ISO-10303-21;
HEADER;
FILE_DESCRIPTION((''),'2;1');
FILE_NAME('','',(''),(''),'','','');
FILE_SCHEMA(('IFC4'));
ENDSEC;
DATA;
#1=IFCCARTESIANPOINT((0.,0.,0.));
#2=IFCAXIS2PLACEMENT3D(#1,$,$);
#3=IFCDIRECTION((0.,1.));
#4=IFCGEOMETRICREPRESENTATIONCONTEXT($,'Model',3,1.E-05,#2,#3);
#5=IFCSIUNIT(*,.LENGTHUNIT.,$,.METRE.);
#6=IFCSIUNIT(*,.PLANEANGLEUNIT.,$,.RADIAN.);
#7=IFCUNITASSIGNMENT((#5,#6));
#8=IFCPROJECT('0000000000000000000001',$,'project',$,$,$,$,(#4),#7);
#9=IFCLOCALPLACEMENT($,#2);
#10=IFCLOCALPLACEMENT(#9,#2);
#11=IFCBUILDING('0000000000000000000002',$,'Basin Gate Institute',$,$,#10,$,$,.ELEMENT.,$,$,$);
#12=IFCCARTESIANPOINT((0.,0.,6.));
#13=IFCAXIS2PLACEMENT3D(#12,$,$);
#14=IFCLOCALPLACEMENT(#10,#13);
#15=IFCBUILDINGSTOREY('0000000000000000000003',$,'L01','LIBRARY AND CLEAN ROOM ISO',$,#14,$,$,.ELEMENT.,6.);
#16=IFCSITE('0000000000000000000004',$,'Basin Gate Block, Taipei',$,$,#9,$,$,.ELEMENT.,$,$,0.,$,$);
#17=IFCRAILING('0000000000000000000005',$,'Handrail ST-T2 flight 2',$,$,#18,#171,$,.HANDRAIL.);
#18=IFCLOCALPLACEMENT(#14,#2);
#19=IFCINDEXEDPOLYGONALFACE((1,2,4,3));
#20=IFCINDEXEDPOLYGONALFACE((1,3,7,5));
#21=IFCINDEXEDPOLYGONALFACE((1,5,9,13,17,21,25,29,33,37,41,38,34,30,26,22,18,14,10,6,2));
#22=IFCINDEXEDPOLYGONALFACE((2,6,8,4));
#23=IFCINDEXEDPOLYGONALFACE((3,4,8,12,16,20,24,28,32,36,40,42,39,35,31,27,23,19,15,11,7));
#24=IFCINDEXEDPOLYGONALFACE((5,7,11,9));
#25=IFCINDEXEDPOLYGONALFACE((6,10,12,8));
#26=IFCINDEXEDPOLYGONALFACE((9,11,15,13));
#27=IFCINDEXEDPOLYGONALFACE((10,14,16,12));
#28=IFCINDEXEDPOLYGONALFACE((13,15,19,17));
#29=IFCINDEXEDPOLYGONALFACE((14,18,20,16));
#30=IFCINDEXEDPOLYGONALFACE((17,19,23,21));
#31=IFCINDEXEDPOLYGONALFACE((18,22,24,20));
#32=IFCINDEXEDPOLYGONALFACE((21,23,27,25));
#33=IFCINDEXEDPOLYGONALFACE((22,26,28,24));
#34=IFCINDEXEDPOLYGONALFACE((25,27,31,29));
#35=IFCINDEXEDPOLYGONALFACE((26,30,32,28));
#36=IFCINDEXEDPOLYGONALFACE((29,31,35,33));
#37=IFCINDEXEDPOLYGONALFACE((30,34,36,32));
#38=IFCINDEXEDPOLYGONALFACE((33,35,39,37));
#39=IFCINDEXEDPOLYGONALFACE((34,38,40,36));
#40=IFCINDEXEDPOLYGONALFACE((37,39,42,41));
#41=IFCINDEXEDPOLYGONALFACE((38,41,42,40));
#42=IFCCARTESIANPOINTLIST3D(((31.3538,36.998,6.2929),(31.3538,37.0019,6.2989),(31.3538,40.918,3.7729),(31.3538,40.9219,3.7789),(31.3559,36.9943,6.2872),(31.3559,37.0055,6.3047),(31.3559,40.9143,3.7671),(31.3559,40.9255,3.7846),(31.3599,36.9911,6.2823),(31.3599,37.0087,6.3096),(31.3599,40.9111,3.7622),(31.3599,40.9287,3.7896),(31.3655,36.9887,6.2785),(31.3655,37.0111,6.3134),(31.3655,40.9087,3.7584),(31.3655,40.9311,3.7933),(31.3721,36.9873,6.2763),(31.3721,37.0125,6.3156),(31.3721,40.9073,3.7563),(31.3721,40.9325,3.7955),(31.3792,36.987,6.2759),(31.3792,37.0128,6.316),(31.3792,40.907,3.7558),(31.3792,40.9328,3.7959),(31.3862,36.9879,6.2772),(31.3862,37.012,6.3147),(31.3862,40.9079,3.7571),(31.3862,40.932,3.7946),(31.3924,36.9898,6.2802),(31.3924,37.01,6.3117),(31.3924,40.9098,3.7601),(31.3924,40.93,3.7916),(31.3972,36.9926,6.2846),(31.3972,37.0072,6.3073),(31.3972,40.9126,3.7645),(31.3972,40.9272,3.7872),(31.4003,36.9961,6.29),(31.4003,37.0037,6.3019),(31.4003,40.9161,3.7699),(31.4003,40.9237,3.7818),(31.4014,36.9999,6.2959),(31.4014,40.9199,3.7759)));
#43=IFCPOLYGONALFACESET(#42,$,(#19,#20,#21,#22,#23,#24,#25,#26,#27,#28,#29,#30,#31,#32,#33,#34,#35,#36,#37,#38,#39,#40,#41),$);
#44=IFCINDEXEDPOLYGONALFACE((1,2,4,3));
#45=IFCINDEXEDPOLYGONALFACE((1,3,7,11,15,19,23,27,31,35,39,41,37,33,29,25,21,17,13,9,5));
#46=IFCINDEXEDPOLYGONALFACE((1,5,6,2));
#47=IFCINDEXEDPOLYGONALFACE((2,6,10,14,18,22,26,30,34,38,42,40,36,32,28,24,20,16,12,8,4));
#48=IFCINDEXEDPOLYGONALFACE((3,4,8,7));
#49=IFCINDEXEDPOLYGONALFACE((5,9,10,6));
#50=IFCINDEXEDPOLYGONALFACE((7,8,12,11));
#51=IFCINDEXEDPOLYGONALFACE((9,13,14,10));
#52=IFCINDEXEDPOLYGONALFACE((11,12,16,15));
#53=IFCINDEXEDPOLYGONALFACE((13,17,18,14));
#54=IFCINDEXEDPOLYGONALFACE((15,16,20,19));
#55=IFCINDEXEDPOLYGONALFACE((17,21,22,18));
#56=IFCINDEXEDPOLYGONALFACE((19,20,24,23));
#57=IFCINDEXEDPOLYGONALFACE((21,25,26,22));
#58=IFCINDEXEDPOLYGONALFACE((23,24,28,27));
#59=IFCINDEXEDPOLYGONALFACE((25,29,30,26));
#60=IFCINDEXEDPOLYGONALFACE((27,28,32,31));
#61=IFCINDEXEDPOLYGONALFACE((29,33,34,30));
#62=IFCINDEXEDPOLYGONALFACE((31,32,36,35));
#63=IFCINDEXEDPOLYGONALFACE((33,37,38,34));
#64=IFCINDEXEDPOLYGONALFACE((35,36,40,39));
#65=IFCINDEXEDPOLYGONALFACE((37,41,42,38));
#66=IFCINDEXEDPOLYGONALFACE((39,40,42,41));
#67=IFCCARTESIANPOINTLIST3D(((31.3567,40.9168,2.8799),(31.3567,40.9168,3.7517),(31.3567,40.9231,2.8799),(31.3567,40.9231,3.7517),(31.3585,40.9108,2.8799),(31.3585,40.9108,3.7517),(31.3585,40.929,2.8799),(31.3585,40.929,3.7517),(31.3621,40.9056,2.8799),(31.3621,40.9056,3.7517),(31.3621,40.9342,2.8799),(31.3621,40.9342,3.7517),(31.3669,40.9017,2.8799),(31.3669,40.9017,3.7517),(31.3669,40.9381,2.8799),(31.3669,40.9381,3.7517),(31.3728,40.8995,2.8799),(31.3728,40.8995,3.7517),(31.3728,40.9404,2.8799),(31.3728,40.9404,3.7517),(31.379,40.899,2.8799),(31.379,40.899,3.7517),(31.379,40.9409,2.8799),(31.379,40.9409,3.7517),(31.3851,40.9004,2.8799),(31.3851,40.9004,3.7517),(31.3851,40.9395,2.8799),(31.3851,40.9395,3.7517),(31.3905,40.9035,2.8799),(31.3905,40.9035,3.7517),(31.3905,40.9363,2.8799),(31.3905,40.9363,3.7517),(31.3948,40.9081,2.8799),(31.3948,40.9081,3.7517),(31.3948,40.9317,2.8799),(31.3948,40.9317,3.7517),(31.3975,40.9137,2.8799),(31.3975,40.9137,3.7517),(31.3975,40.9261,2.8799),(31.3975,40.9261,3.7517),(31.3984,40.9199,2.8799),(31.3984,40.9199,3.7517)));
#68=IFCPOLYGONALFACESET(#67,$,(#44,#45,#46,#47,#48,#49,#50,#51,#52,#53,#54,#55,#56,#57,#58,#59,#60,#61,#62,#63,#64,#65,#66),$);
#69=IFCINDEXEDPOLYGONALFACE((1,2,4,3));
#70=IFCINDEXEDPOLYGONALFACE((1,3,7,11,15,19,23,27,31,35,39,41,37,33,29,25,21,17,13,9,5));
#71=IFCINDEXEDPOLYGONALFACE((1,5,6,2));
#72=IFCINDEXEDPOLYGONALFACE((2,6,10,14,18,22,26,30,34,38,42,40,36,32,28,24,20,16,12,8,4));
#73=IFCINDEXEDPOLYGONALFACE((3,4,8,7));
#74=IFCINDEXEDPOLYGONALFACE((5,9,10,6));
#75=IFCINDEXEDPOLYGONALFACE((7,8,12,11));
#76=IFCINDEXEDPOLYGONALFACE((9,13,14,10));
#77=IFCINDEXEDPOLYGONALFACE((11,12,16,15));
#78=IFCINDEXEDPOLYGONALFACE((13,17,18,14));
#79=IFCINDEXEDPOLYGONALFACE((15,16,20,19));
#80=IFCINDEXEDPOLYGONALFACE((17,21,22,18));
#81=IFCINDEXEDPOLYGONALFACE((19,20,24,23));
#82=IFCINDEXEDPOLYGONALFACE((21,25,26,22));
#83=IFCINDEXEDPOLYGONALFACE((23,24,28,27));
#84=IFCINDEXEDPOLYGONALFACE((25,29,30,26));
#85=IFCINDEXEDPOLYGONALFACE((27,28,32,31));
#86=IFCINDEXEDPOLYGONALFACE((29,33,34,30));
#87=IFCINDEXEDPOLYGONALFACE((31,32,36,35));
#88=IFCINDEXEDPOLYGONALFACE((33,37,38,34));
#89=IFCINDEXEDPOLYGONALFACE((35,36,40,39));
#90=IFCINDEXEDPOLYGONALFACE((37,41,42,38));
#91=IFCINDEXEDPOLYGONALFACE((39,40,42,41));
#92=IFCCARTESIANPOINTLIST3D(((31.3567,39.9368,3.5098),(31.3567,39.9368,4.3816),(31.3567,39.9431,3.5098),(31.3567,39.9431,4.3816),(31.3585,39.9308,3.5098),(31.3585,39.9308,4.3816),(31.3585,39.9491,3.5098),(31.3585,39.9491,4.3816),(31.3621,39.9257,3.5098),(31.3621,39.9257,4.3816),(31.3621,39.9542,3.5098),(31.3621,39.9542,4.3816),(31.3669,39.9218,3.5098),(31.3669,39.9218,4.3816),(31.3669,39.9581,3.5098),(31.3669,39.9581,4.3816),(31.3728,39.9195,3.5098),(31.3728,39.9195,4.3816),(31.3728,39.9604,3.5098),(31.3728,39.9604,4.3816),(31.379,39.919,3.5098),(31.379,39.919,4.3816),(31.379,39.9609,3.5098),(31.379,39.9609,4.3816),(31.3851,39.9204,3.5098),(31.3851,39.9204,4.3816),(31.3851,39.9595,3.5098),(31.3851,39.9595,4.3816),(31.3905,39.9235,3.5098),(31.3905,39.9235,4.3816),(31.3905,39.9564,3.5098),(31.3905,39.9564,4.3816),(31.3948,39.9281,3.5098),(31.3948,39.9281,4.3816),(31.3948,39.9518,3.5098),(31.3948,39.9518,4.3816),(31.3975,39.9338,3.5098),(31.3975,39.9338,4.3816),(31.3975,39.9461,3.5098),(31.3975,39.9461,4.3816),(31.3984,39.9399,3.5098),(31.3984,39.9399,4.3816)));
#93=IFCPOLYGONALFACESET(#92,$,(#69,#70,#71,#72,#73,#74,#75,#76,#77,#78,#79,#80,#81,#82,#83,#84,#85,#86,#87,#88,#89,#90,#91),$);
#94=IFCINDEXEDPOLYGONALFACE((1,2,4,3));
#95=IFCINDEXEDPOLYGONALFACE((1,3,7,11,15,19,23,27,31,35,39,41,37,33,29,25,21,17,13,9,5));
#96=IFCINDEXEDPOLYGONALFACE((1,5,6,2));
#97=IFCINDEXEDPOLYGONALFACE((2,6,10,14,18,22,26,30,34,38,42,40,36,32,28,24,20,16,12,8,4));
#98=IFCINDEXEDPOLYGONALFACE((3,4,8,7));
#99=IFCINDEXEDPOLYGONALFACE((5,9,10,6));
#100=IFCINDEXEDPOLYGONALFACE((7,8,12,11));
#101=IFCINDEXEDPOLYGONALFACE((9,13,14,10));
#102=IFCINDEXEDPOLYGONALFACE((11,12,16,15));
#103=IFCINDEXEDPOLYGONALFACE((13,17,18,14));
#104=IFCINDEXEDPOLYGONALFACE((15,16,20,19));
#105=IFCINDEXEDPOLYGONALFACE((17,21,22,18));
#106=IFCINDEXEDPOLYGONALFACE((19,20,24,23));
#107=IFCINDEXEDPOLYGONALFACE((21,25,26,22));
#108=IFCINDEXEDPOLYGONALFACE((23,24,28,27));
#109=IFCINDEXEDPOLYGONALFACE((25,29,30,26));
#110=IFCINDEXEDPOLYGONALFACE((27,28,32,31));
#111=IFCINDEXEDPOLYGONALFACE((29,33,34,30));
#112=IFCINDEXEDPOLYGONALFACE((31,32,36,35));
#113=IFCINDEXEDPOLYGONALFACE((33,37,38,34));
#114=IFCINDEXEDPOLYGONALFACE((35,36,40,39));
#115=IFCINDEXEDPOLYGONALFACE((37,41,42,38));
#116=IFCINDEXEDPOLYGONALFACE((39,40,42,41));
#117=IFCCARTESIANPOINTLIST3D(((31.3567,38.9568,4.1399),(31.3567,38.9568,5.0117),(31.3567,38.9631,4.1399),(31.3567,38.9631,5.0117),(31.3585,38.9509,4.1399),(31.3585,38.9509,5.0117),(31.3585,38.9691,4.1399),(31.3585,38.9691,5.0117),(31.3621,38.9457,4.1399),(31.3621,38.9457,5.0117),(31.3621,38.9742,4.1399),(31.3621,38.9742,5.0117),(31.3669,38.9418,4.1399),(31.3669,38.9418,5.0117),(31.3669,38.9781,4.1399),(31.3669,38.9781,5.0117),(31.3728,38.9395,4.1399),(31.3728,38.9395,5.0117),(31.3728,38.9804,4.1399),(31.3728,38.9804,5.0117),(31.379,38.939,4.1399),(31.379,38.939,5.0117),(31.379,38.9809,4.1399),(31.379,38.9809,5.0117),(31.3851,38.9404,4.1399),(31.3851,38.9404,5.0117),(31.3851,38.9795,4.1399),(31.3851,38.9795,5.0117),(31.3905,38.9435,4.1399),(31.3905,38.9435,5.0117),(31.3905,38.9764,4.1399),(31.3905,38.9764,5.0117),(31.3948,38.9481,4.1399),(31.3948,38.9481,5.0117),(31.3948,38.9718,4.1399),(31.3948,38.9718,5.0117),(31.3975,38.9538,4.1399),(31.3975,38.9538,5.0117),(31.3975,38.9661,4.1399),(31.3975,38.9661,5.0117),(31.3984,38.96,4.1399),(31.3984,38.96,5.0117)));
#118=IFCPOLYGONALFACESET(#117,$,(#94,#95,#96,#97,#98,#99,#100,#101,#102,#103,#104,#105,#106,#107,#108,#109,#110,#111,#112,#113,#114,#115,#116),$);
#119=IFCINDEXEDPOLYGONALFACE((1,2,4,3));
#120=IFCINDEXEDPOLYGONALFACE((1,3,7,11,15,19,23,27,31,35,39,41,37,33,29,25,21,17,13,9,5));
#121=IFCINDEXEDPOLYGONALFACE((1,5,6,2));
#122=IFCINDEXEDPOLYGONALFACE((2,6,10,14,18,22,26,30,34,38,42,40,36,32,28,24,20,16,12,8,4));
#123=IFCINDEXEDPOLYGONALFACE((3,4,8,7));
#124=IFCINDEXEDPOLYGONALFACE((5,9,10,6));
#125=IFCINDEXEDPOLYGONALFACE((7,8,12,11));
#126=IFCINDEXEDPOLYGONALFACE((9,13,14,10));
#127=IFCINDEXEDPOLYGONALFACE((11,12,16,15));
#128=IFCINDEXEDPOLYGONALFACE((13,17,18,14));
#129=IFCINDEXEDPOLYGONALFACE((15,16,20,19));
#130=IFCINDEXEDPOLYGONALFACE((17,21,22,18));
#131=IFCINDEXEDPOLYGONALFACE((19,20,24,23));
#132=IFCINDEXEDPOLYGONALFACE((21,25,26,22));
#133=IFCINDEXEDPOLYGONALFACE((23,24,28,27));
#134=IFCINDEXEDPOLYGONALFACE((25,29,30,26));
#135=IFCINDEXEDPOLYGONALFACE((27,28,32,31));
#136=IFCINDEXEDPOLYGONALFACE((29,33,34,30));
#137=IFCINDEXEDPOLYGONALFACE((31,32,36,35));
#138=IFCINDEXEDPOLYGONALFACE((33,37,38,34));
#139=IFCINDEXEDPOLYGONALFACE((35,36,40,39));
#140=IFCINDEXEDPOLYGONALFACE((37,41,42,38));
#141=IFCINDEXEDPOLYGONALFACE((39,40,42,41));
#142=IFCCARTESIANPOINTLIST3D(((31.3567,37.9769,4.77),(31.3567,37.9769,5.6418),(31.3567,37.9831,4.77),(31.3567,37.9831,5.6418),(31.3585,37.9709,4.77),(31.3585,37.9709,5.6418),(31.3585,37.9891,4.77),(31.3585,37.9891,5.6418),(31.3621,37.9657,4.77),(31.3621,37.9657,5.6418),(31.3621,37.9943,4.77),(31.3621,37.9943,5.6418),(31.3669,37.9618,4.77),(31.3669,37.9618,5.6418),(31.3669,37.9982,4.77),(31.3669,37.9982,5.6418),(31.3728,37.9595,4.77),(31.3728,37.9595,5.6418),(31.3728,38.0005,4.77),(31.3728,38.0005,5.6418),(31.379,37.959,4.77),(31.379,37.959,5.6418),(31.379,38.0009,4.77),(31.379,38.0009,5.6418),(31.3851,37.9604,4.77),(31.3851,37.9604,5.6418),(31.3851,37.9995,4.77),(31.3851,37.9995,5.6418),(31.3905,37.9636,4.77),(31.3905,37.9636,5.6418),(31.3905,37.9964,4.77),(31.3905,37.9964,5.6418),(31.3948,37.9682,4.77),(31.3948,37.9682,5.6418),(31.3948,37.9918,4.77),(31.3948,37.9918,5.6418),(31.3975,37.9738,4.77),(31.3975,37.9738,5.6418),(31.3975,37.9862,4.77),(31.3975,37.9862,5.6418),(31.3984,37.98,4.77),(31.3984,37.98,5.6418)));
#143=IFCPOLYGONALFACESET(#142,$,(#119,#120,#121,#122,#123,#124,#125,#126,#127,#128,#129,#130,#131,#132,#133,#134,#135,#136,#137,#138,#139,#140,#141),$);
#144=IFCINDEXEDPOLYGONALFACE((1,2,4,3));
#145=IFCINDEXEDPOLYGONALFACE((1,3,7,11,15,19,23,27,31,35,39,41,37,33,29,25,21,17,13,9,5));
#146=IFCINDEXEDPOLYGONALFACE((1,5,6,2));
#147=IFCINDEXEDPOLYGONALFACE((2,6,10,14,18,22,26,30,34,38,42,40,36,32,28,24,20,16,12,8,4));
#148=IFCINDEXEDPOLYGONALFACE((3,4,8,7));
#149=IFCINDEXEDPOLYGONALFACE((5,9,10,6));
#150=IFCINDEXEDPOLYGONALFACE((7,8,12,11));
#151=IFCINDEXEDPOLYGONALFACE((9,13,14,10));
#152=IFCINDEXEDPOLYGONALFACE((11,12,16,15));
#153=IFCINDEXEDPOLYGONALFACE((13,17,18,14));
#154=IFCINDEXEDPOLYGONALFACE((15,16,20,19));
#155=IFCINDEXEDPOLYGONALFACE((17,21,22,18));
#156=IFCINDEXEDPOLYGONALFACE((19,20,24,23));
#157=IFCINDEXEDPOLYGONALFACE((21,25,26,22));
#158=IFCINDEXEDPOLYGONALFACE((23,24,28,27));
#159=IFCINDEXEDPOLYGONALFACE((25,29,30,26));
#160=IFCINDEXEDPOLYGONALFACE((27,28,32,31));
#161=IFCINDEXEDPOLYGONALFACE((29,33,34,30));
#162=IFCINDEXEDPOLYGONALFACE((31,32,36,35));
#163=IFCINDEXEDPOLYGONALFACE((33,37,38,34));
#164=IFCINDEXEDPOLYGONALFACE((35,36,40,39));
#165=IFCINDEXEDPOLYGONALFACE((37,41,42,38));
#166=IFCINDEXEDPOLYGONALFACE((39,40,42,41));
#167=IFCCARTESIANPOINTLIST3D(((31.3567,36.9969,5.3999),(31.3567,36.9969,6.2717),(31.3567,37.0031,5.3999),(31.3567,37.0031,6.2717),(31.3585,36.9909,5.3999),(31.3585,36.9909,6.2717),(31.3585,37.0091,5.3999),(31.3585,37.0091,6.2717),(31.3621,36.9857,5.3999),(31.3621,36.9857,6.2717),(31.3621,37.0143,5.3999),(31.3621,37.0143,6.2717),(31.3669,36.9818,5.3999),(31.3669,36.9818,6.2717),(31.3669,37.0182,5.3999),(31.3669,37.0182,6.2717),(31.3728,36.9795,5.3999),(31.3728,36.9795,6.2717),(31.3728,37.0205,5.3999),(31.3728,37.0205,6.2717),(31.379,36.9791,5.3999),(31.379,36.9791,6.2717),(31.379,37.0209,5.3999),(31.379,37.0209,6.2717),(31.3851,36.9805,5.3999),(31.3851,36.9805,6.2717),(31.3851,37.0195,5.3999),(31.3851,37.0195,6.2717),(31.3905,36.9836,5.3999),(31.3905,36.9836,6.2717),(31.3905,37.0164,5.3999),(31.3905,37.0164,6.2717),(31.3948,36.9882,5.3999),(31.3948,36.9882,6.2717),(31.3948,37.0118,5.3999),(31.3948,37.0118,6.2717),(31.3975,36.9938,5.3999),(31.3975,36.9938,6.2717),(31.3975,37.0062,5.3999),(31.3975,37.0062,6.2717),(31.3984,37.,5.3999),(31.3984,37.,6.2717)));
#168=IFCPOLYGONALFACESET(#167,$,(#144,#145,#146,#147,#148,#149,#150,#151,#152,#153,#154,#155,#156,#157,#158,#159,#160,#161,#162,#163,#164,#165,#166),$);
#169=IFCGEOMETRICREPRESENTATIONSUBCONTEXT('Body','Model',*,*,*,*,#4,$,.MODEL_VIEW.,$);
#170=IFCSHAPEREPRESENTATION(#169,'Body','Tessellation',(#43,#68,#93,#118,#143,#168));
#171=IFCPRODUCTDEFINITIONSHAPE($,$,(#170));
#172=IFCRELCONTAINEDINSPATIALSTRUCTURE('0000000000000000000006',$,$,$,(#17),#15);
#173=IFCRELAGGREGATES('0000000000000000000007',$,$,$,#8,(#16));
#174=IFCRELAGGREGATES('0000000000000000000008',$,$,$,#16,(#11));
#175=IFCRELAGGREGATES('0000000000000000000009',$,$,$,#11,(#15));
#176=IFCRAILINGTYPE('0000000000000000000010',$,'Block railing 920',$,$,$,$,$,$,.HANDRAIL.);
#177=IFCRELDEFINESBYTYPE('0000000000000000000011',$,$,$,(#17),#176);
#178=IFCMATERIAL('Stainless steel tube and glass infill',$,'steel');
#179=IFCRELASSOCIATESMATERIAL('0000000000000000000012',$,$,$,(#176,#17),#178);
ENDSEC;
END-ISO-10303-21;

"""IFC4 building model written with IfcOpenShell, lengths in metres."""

from ifc_helpers import new_model, si_unit, direction, frame, origin, origin_2d, place, context, subcontext, project, spatial, circle, extrude, material, type_object, element, save


model = new_model("IFC4")

# Units and contexts
model_context = context("Model", 3, precision=1e-05, world=origin(), true_north=direction((0.0, 1.0)))
body_context = subcontext(model_context, "Body", "Model", "MODEL_VIEW")
ifc_project = project(units=[si_unit("LENGTHUNIT", "METRE"), si_unit("PLANEANGLEUNIT", "RADIAN")], contexts=[model_context])

# Site, building, storey
site_placement = place(None, origin())
site = spatial("IfcSite", under=ifc_project, at=site_placement, Name="Basin Gate Block, Taipei", CompositionType="ELEMENT", RefElevation=0.0)
building_placement = place(site_placement, origin())
building = spatial("IfcBuilding", under=site, at=building_placement, Name="Basin Gate Institute", CompositionType="ELEMENT")
storey_placement = place(building_placement, frame((0.0, 0.0, 6.0)))
storey = spatial("IfcBuildingStorey", under=building, at=storey_placement, Name="L01", Description="LIBRARY AND CLEAN ROOM ISO", CompositionType="ELEMENT", Elevation=6.0)

# Railing
ifc_material_1 = material(Name="Stainless steel tube and glass infill", Category="steel")
railing_type_1 = type_object("IfcRailingType", Name="Block railing 920", PredefinedType="HANDRAIL", material=ifc_material_1)
for number, where, name in (
    (1, (31.3774, 40.9199, 2.8799), "Handrail ST-T2 flight 2"),
):
    element("IfcRailing", number, at=place(storey_placement, frame(where)), inside=storey, type_object=railing_type_1, material=ifc_material_1, Name=name, PredefinedType="HANDRAIL", context=body_context, shape_type="SweptSolid", body=[
        extrude(circle(Radius=0.0239, at=origin_2d()), frame((0.0, 0.0, 0.896), z_axis=(0.0, -0.841172, 0.540768), x_axis=(1.0, 0.0, 0.0)), (0.0, 0.0, 1.0), 4.6602),
        extrude(circle(Radius=0.021, at=origin_2d()), origin(), (0.0, 0.0, 1.0), 0.8718),
        extrude(circle(Radius=0.021, at=origin_2d()), frame((0.0, -0.98, 0.6299)), (0.0, 0.0, 1.0), 0.8718),
        extrude(circle(Radius=0.021, at=origin_2d()), frame((0.0, -1.96, 1.26)), (0.0, 0.0, 1.0), 0.8718),
        extrude(circle(Radius=0.021, at=origin_2d()), frame((0.0, -2.9399, 1.8901)), (0.0, 0.0, 1.0), 0.8718),
        extrude(circle(Radius=0.021, at=origin_2d()), frame((0.0, -3.9199, 2.52)), (0.0, 0.0, 1.0), 0.8718),
    ])

save(model, "model.ifc")
